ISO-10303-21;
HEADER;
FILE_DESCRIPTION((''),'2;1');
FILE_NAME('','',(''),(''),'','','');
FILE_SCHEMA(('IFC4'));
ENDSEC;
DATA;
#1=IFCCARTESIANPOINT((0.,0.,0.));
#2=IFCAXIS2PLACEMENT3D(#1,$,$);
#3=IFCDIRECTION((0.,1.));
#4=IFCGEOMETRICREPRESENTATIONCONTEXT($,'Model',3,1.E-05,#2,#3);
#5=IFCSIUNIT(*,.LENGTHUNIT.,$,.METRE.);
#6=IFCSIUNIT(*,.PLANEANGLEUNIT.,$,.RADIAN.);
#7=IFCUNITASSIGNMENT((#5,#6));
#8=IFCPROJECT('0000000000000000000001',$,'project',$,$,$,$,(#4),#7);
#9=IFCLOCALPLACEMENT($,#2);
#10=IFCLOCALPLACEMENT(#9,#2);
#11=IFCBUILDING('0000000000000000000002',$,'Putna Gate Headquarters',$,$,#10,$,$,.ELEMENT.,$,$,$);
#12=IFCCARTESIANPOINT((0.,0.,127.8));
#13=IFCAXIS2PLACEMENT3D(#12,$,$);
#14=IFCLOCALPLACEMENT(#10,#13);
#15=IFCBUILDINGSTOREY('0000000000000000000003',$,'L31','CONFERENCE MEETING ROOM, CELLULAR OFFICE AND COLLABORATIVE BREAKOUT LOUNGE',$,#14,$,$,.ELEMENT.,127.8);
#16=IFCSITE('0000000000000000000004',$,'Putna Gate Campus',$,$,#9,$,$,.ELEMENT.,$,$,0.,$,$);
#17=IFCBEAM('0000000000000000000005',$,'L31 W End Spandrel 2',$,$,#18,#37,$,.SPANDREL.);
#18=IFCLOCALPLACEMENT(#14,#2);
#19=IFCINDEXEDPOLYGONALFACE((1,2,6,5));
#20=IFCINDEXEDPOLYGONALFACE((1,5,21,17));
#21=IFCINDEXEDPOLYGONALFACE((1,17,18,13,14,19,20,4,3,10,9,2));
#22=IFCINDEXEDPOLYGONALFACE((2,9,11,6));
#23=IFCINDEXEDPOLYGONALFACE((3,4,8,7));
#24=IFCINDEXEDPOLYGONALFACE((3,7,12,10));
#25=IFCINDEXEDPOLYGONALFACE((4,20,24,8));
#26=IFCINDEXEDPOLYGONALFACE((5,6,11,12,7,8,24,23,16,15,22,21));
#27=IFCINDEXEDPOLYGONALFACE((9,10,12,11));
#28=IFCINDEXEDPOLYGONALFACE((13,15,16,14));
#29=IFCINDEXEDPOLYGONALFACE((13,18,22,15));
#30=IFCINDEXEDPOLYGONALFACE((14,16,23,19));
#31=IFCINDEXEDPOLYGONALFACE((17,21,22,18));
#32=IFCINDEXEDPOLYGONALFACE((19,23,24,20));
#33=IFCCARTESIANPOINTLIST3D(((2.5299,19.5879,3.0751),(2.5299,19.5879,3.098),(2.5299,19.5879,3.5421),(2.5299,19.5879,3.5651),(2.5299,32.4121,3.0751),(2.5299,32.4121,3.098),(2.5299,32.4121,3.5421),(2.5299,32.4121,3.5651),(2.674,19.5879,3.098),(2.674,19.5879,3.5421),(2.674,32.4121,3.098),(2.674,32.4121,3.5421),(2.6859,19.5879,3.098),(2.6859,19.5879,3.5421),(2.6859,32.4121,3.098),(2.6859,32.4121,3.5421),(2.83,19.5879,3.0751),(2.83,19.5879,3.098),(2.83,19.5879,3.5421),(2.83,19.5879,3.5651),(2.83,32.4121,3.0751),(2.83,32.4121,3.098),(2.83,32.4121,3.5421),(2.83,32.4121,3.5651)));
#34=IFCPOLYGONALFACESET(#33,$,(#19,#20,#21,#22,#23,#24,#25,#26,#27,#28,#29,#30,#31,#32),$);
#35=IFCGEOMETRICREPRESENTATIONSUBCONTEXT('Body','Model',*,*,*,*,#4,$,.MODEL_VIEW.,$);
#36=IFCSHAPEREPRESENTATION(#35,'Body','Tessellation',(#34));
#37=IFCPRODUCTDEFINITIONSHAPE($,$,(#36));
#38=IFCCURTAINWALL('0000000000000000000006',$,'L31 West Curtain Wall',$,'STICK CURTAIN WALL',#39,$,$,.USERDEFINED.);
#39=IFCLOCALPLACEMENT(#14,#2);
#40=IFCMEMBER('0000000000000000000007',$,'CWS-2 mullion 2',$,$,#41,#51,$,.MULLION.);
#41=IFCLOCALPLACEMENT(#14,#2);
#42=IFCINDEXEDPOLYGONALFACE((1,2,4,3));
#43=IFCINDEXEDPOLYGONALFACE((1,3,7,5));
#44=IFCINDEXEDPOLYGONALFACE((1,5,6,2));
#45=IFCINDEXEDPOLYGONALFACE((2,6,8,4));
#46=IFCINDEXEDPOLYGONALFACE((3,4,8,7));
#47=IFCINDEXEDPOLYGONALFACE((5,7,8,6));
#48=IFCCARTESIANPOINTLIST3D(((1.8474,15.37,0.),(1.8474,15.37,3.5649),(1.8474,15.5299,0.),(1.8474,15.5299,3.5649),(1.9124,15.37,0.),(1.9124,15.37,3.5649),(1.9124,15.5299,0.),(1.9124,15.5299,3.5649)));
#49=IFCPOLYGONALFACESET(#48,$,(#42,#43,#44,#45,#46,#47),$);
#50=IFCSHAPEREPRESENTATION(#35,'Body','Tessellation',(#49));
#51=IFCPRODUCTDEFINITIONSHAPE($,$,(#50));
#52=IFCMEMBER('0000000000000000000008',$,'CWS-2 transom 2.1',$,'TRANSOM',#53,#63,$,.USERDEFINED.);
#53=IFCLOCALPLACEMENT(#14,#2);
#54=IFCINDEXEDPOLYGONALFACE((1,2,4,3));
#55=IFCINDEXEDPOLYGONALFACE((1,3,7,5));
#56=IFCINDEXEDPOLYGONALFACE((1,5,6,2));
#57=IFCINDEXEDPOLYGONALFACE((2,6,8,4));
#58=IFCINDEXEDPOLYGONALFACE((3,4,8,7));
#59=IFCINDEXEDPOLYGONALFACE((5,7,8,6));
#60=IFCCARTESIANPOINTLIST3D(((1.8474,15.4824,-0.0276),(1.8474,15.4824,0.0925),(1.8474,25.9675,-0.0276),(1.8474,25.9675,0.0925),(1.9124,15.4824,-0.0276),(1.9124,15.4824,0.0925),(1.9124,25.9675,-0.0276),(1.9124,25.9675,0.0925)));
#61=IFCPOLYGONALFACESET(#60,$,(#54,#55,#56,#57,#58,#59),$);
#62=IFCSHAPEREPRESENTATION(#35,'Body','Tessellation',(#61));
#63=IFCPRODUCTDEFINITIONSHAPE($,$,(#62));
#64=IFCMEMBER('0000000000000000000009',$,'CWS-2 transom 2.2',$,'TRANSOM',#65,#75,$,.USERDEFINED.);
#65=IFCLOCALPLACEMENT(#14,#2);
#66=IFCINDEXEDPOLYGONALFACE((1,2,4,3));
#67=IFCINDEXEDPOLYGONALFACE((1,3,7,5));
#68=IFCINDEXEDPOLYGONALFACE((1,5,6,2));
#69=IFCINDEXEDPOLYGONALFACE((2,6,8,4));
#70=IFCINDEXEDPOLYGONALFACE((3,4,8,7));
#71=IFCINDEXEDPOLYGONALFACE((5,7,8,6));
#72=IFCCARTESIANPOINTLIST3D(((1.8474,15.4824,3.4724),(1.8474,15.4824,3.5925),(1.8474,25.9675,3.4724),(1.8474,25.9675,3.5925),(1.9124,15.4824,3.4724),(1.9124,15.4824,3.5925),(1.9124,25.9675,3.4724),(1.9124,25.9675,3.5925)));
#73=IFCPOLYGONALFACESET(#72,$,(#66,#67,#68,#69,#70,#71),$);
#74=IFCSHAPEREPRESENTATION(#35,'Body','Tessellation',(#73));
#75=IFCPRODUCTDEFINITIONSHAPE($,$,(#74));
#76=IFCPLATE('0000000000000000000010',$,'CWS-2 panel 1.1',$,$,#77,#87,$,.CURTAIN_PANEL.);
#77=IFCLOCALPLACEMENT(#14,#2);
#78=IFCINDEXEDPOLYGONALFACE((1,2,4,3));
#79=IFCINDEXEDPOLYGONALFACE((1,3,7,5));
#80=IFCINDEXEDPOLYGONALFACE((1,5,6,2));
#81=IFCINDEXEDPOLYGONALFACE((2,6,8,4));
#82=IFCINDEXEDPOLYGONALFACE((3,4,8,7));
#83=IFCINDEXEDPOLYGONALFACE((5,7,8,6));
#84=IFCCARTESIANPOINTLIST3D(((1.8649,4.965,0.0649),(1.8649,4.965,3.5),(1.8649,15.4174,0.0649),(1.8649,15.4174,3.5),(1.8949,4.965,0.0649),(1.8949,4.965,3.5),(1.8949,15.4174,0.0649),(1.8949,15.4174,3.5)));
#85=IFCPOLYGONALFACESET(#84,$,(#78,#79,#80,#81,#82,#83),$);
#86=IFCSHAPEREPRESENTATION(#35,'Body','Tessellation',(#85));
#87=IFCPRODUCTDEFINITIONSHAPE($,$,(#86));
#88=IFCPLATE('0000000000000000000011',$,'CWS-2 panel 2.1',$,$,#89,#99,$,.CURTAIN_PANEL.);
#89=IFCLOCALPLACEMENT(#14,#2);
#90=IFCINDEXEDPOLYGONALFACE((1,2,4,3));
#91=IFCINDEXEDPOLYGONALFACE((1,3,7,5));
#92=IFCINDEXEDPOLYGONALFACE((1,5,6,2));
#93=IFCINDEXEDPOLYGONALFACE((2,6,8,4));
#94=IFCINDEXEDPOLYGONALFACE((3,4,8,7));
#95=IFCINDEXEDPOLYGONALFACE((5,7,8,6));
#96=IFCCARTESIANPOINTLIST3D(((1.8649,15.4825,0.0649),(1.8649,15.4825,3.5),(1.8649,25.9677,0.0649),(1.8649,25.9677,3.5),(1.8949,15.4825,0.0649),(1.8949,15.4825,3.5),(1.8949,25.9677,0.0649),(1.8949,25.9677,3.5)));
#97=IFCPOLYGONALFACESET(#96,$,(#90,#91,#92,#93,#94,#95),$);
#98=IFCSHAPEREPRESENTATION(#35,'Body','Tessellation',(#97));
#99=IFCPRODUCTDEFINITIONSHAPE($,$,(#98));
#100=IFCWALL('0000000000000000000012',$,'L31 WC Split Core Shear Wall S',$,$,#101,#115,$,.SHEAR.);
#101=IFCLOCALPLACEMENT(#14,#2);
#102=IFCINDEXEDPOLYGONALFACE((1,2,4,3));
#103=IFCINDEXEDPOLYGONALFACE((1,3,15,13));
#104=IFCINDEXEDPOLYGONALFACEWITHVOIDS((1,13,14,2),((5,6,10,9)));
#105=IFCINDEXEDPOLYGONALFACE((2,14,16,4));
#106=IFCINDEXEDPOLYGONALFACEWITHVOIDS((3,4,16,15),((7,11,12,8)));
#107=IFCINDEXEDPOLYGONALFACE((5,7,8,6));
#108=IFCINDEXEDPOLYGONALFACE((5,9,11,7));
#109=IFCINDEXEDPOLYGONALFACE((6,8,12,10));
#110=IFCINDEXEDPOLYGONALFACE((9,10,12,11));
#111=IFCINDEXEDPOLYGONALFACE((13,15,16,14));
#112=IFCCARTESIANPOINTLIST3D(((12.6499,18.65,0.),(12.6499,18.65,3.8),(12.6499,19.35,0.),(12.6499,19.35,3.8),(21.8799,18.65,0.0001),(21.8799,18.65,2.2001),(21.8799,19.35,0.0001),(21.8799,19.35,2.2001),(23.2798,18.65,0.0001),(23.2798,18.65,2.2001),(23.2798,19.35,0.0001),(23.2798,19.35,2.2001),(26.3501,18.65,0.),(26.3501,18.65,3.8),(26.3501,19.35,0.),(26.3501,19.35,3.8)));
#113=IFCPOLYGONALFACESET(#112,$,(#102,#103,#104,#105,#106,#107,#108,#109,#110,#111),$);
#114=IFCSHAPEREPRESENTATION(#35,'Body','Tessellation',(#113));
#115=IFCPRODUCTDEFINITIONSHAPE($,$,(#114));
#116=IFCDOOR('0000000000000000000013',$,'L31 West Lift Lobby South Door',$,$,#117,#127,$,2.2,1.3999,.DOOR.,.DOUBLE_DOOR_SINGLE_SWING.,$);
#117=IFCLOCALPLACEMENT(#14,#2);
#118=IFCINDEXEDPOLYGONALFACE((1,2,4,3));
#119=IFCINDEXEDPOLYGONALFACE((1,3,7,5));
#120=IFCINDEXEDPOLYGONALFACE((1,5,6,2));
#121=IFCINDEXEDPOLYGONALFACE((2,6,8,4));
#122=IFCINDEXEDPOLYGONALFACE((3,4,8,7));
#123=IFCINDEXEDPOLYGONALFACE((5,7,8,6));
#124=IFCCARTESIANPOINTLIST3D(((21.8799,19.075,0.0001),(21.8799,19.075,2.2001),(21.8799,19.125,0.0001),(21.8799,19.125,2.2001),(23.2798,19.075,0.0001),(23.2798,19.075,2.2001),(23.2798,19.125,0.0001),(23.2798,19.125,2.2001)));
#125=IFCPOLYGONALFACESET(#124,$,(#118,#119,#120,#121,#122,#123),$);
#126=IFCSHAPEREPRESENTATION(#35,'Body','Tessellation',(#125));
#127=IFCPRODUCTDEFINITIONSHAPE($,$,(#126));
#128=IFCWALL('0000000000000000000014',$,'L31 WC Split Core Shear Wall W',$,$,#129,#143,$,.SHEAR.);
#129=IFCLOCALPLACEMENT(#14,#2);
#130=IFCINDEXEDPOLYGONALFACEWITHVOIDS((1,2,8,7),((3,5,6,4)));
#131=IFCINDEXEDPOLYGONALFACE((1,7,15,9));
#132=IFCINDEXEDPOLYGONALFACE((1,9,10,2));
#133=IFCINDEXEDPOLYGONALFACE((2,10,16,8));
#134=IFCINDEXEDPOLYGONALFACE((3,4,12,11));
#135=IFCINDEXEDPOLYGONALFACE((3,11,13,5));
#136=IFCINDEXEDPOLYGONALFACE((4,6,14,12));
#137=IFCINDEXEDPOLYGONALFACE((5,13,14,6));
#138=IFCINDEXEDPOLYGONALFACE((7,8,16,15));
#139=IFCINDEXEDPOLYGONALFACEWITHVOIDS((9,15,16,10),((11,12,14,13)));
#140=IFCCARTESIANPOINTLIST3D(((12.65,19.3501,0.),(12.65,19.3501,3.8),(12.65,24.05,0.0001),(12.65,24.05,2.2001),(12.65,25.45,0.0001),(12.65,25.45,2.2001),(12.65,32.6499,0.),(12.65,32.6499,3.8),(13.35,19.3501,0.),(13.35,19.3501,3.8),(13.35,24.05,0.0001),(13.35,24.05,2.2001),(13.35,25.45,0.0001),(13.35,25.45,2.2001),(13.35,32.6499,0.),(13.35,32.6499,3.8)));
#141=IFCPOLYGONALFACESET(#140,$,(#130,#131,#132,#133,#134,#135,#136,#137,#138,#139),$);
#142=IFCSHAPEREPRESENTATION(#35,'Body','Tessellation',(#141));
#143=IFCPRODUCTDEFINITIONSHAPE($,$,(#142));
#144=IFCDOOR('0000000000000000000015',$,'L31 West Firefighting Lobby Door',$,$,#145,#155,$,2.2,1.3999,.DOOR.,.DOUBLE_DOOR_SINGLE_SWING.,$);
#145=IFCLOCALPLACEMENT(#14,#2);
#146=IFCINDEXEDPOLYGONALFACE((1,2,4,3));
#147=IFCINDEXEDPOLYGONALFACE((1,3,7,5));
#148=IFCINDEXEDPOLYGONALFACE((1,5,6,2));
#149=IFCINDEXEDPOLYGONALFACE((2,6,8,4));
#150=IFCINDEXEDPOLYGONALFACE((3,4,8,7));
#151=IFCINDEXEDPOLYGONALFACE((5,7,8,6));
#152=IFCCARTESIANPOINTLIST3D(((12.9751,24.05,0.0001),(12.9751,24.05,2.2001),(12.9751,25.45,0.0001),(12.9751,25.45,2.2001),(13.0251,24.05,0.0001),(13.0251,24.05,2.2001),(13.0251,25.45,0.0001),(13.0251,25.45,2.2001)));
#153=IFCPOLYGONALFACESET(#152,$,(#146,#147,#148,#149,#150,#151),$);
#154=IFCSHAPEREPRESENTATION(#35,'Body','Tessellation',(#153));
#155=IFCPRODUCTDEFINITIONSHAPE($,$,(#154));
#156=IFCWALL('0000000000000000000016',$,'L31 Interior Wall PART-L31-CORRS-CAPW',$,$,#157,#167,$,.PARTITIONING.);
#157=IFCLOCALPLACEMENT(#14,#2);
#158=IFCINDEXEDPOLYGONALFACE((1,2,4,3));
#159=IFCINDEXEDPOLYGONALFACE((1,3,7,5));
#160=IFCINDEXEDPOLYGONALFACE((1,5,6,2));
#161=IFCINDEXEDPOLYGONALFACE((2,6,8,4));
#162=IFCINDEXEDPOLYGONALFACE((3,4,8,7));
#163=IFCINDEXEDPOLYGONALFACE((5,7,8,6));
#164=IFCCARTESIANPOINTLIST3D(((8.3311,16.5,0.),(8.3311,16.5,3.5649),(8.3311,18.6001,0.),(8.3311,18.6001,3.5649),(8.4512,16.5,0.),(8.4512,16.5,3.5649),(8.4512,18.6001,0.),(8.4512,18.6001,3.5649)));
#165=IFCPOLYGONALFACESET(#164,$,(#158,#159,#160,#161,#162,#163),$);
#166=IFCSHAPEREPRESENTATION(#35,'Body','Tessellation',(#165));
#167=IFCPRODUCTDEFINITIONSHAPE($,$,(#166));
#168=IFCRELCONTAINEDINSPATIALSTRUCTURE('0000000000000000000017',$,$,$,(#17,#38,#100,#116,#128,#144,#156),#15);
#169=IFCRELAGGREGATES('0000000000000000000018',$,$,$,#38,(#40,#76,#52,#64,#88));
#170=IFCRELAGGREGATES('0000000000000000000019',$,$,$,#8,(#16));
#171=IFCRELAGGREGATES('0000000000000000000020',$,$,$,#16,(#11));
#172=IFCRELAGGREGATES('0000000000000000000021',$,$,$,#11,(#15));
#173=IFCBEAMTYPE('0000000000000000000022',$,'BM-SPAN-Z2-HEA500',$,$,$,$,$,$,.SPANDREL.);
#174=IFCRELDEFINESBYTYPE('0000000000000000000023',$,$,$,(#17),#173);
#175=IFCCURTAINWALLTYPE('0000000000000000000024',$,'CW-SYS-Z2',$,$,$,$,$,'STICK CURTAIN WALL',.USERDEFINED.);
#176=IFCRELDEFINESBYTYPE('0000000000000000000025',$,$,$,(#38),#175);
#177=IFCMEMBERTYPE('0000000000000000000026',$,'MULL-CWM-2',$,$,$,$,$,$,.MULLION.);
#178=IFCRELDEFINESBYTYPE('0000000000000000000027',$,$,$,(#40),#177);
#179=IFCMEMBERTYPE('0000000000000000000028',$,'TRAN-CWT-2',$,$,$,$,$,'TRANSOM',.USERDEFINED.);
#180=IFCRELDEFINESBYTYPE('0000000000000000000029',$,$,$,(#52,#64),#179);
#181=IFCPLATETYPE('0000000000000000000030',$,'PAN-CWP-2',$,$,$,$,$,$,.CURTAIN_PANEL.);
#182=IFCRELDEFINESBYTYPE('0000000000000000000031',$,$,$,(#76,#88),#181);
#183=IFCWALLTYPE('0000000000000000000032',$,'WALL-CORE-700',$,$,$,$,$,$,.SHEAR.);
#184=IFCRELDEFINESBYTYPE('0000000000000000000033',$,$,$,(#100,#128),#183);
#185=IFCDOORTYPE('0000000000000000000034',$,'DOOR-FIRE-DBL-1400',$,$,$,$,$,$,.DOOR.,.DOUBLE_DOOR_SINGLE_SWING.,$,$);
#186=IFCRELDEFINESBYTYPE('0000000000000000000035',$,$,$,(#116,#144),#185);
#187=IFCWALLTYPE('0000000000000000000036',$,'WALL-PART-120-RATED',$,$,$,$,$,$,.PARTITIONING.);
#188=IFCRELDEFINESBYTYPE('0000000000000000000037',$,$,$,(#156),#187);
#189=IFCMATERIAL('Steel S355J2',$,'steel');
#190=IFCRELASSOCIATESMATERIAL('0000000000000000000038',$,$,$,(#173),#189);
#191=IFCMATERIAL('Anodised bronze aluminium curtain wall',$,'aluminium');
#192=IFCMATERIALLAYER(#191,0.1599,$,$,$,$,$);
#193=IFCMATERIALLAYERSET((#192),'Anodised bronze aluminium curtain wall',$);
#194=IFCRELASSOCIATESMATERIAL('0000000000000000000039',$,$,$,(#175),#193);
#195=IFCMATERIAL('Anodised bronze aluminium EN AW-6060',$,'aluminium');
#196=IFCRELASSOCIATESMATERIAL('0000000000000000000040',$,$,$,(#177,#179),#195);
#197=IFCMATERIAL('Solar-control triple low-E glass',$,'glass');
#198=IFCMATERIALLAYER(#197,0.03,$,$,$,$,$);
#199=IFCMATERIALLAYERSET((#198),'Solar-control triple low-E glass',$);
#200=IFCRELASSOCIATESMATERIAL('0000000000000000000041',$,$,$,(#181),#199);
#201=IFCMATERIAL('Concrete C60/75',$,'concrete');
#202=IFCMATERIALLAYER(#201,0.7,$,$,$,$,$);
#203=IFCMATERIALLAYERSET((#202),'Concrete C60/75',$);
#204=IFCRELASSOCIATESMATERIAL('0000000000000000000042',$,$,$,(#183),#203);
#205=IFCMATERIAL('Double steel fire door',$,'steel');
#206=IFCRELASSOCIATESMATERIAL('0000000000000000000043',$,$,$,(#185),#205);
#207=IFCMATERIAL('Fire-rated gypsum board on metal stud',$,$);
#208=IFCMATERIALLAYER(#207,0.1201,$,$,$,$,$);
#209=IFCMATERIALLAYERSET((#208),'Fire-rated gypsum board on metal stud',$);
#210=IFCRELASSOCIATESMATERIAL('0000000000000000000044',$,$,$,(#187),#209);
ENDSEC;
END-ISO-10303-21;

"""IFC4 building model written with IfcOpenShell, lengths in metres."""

from ifc_helpers import new_model, si_unit, direction, frame, frame_2d, origin, origin_2d, place, context, subcontext, project, spatial, rectangle, i_section, extrude, material, layer, layer_set, material_profile, profile_set, type_object, element, fill, aggregate, save


model = new_model("IFC4")

# Units and contexts
model_context = context("Model", 3, precision=1e-05, world=origin(), true_north=direction((0.0, 1.0)))
body_context = subcontext(model_context, "Body", "Model", "MODEL_VIEW")
ifc_project = project(units=[si_unit("LENGTHUNIT", "METRE"), si_unit("PLANEANGLEUNIT", "RADIAN")], contexts=[model_context])

# Site, building, storey
site_placement = place(None, origin())
site = spatial("IfcSite", under=ifc_project, at=site_placement, Name="Putna Gate Campus", CompositionType="ELEMENT", RefElevation=0.0)
building_placement = place(site_placement, origin())
building = spatial("IfcBuilding", under=site, at=building_placement, Name="Putna Gate Headquarters", CompositionType="ELEMENT")
storey_placement = place(building_placement, frame((0.0, 0.0, 127.8)))
storey = spatial("IfcBuildingStorey", under=building, at=storey_placement, Name="L31", Description="CONFERENCE MEETING ROOM, CELLULAR OFFICE AND COLLABORATIVE BREAKOUT LOUNGE", CompositionType="ELEMENT", Elevation=127.8)

# Shared definitions
ifc_material_1 = material(Name="Concrete C60/75", Category="concrete")

# Beam
ifc_material_2 = material(Name="Steel S355J2", Category="steel")
ifc_material_profile_1 = material_profile(ifc_material_2, i_section(OverallWidth=0.3, OverallDepth=0.49, WebThickness=0.012, FlangeThickness=0.0229, at=origin_2d()), Name="Steel S355J2")
ifc_profile_set_1 = profile_set([ifc_material_profile_1], Name="Steel S355J2")
beam_type_1 = type_object("IfcBeamType", Name="BM-SPAN-Z2-HEA500", PredefinedType="SPANDREL", material=ifc_profile_set_1)
beam_1_placement = place(storey_placement, frame((2.6799, 19.5879, 3.3201), z_axis=(0.0, 1.0, 0.0), x_axis=(-1.0, 0.0, 0.0)))
element("IfcBeam", 1, at=beam_1_placement, inside=storey, type_object=beam_type_1, Name="L31 W End Spandrel 2", PredefinedType="SPANDREL", context=body_context, shape_type="SweptSolid", body=[
    extrude(i_section(OverallWidth=0.3, OverallDepth=0.49, WebThickness=0.012, FlangeThickness=0.0229, at=origin_2d()), origin(), (0.0, 0.0, 1.0), 12.8242),
])

# Curtain wall, members, plates
ifc_material_3 = material(Name="Anodised bronze aluminium curtain wall", Category="aluminium")
ifc_layer_1 = layer(ifc_material_3, 0.1599)
ifc_layer_set_1 = layer_set([ifc_layer_1], Name="Anodised bronze aluminium curtain wall")
curtain_wall_type = type_object("IfcCurtainWallType", Name="CW-SYS-Z2", ElementType="STICK CURTAIN WALL", PredefinedType="USERDEFINED", material=ifc_layer_set_1)
curtain_wall_placement = place(storey_placement, origin())
curtain_wall = element("IfcCurtainWall", 2, at=curtain_wall_placement, inside=storey, type_object=curtain_wall_type, Name="L31 West Curtain Wall", ObjectType="STICK CURTAIN WALL", PredefinedType="USERDEFINED")
ifc_material_4 = material(Name="Anodised bronze aluminium EN AW-6060", Category="aluminium")
ifc_material_profile_2 = material_profile(ifc_material_4, rectangle(XDim=0.0649, YDim=0.1599, at=origin_2d()), Name="Anodised bronze aluminium EN AW-6060")
ifc_profile_set_2 = profile_set([ifc_material_profile_2], Name="Anodised bronze aluminium EN AW-6060")
member_type_1 = type_object("IfcMemberType", Name="MULL-CWM-2", PredefinedType="MULLION", material=ifc_profile_set_2)
member_1_placement = place(storey_placement, frame((1.8799, 15.45, 0.0), z_axis=(0.0, 0.0, 1.0), x_axis=(-1.0, 0.0, 0.0)))
member_1 = element("IfcMember", 3, at=member_1_placement, type_object=member_type_1, Name="CWS-2 mullion 2", PredefinedType="MULLION", context=body_context, shape_type="SweptSolid", body=[
    extrude(rectangle(XDim=0.0649, YDim=0.1599, at=origin_2d()), origin(), (0.0, 0.0, 1.0), 3.5649),
])
ifc_material_profile_3 = material_profile(ifc_material_4, rectangle(XDim=0.0649, YDim=0.1201, at=origin_2d()), Name="Anodised bronze aluminium EN AW-6060")
ifc_profile_set_3 = profile_set([ifc_material_profile_3], Name="Anodised bronze aluminium EN AW-6060")
member_type_2 = type_object("IfcMemberType", Name="TRAN-CWT-2", ElementType="TRANSOM", PredefinedType="USERDEFINED", material=ifc_profile_set_3)
member_2_placement = place(storey_placement, frame((1.8799, 15.4824, 0.0325), z_axis=(0.0, 1.0, 0.0), x_axis=(-1.0, 0.0, 0.0)))
member_2 = element("IfcMember", 4, at=member_2_placement, type_object=member_type_2, Name="CWS-2 transom 2.1", ObjectType="TRANSOM", PredefinedType="USERDEFINED", context=body_context, shape_type="SweptSolid", body=[
    extrude(rectangle(XDim=0.0649, YDim=0.1201, at=origin_2d()), origin(), (0.0, 0.0, 1.0), 10.4851),
])
member_3_placement = place(storey_placement, frame((1.8799, 15.4824, 3.5325), z_axis=(0.0, 1.0, 0.0), x_axis=(-1.0, 0.0, 0.0)))
member_3 = element("IfcMember", 5, at=member_3_placement, type_object=member_type_2, Name="CWS-2 transom 2.2", ObjectType="TRANSOM", PredefinedType="USERDEFINED", context=body_context, shape_type="SweptSolid", body=[
    extrude(rectangle(XDim=0.0649, YDim=0.1201, at=origin_2d()), origin(), (0.0, 0.0, 1.0), 10.4851),
])
ifc_material_5 = material(Name="Solar-control triple low-E glass", Category="glass")
ifc_layer_2 = layer(ifc_material_5, 0.03)
ifc_layer_set_2 = layer_set([ifc_layer_2], Name="Solar-control triple low-E glass")
plate_type = type_object("IfcPlateType", Name="PAN-CWP-2", PredefinedType="CURTAIN_PANEL", material=ifc_layer_set_2)
plate_1_placement = place(storey_placement, frame((1.8799, 10.1912, 0.0649), z_axis=(0.0, 0.0, 1.0), x_axis=(0.0, 1.0, 0.0)))
plate_1 = element("IfcPlate", 6, at=plate_1_placement, type_object=plate_type, Name="CWS-2 panel 1.1", PredefinedType="CURTAIN_PANEL", context=body_context, shape_type="SweptSolid", body=[
    extrude(rectangle(XDim=10.4524, YDim=0.03, at=origin_2d()), origin(), (0.0, 0.0, 1.0), 3.4351),
])
plate_2_placement = place(storey_placement, frame((1.8799, 20.7251, 0.0649), z_axis=(0.0, 0.0, 1.0), x_axis=(0.0, 1.0, 0.0)))
plate_2 = element("IfcPlate", 7, at=plate_2_placement, type_object=plate_type, Name="CWS-2 panel 2.1", PredefinedType="CURTAIN_PANEL", context=body_context, shape_type="SweptSolid", body=[
    extrude(rectangle(XDim=10.4851, YDim=0.03, at=origin_2d()), origin(), (0.0, 0.0, 1.0), 3.4351),
])
aggregate(curtain_wall, [member_1, plate_1, member_2, member_3, plate_2])

# Walls, openings, doors
ifc_layer_3 = layer(ifc_material_1, 0.7)
ifc_layer_set_3 = layer_set([ifc_layer_3], Name="Concrete C60/75")
wall_type_1 = type_object("IfcWallType", Name="WALL-CORE-700", PredefinedType="SHEAR", material=ifc_layer_set_3)
wall_1_placement = place(storey_placement, frame((12.6499, 19.0, 0.0), z_axis=(0.0, 0.0, 1.0), x_axis=(1.0, 0.0, 0.0)))
wall_1 = element("IfcWall", 8, at=wall_1_placement, inside=storey, type_object=wall_type_1, Name="L31 WC Split Core Shear Wall S", PredefinedType="SHEAR", context=body_context, shape_type="SweptSolid", body=[
    extrude(rectangle(XDim=13.7002, YDim=0.7, at=frame_2d((6.8501, 0.0))), origin(), (0.0, 0.0, 1.0), 3.8),
])
opening_1_placement = place(wall_1_placement, frame((9.23, 0.0, 0.0)))
opening_1 = element("IfcOpeningElement", 9, at=opening_1_placement, cuts=wall_1, PredefinedType="OPENING", context=body_context, shape_type="SweptSolid", body=[
    extrude(rectangle(XDim=1.3999, YDim=2.2, at=frame_2d((0.7, 1.1001))), frame((0.0, 0.3599, 0.0), z_axis=(0.0, -1.0, 0.0), x_axis=(1.0, 0.0, 0.0)), (0.0, 0.0, 1.0), 0.72),
])
ifc_material_6 = material(Name="Double steel fire door", Category="steel")
door_type_1 = type_object("IfcDoorType", Name="DOOR-FIRE-DBL-1400", OperationType="DOUBLE_DOOR_SINGLE_SWING", PredefinedType="DOOR", material=ifc_material_6)
door_1_placement = place(opening_1_placement, origin())
door_1 = element("IfcDoor", 10, at=door_1_placement, inside=storey, type_object=door_type_1, Name="L31 West Lift Lobby South Door", OperationType="DOUBLE_DOOR_SINGLE_SWING", OverallHeight=2.2, OverallWidth=1.3999, PredefinedType="DOOR", context=body_context, shape_type="SweptSolid", body=[
    extrude(rectangle(XDim=1.3999, YDim=2.2, at=frame_2d((0.7, 1.1001))), frame((0.0, 0.125, 0.0), z_axis=(0.0, -1.0, 0.0), x_axis=(1.0, 0.0, 0.0)), (0.0, 0.0, 1.0), 0.05),
])
fill(opening_1, door_1)
wall_2_placement = place(storey_placement, frame((13.0, 19.3501, 0.0), z_axis=(0.0, 0.0, 1.0), x_axis=(0.0, 1.0, 0.0)))
wall_2 = element("IfcWall", 11, at=wall_2_placement, inside=storey, type_object=wall_type_1, Name="L31 WC Split Core Shear Wall W", PredefinedType="SHEAR", context=body_context, shape_type="SweptSolid", body=[
    extrude(rectangle(XDim=13.2998, YDim=0.7, at=frame_2d((6.6499, 0.0))), origin(), (0.0, 0.0, 1.0), 3.8),
])
opening_2_placement = place(wall_2_placement, frame((4.7, 0.0, 0.0)))
opening_2 = element("IfcOpeningElement", 12, at=opening_2_placement, cuts=wall_2, PredefinedType="OPENING", context=body_context, shape_type="SweptSolid", body=[
    extrude(rectangle(XDim=1.3999, YDim=2.2, at=frame_2d((0.7, 1.1001))), frame((0.0, 0.3599, 0.0), z_axis=(0.0, -1.0, 0.0), x_axis=(1.0, 0.0, 0.0)), (0.0, 0.0, 1.0), 0.72),
])
door_2_placement = place(opening_2_placement, origin())
door_2 = element("IfcDoor", 13, at=door_2_placement, inside=storey, type_object=door_type_1, Name="L31 West Firefighting Lobby Door", OperationType="DOUBLE_DOOR_SINGLE_SWING", OverallHeight=2.2, OverallWidth=1.3999, PredefinedType="DOOR", context=body_context, shape_type="SweptSolid", body=[
    extrude(rectangle(XDim=1.3999, YDim=2.2, at=frame_2d((0.7, 1.1001))), frame((0.0, 0.0249, 0.0), z_axis=(0.0, -1.0, 0.0), x_axis=(1.0, 0.0, 0.0)), (0.0, 0.0, 1.0), 0.05),
])
fill(opening_2, door_2)

# Wall
ifc_material_7 = material(Name="Fire-rated gypsum board on metal stud")
ifc_layer_4 = layer(ifc_material_7, 0.1201)
ifc_layer_set_4 = layer_set([ifc_layer_4], Name="Fire-rated gypsum board on metal stud")
wall_type_2 = type_object("IfcWallType", Name="WALL-PART-120-RATED", PredefinedType="PARTITIONING", material=ifc_layer_set_4)
wall_3_placement = place(storey_placement, frame((8.3911, 16.5, 0.0), z_axis=(0.0, 0.0, 1.0), x_axis=(0.0, 1.0, 0.0)))
element("IfcWall", 14, at=wall_3_placement, inside=storey, type_object=wall_type_2, Name="L31 Interior Wall PART-L31-CORRS-CAPW", PredefinedType="PARTITIONING", context=body_context, shape_type="SweptSolid", body=[
    extrude(rectangle(XDim=2.1001, YDim=0.1201, at=frame_2d((1.05, 0.0))), origin(), (0.0, 0.0, 1.0), 3.5649),
])

save(model, "model.ifc")
